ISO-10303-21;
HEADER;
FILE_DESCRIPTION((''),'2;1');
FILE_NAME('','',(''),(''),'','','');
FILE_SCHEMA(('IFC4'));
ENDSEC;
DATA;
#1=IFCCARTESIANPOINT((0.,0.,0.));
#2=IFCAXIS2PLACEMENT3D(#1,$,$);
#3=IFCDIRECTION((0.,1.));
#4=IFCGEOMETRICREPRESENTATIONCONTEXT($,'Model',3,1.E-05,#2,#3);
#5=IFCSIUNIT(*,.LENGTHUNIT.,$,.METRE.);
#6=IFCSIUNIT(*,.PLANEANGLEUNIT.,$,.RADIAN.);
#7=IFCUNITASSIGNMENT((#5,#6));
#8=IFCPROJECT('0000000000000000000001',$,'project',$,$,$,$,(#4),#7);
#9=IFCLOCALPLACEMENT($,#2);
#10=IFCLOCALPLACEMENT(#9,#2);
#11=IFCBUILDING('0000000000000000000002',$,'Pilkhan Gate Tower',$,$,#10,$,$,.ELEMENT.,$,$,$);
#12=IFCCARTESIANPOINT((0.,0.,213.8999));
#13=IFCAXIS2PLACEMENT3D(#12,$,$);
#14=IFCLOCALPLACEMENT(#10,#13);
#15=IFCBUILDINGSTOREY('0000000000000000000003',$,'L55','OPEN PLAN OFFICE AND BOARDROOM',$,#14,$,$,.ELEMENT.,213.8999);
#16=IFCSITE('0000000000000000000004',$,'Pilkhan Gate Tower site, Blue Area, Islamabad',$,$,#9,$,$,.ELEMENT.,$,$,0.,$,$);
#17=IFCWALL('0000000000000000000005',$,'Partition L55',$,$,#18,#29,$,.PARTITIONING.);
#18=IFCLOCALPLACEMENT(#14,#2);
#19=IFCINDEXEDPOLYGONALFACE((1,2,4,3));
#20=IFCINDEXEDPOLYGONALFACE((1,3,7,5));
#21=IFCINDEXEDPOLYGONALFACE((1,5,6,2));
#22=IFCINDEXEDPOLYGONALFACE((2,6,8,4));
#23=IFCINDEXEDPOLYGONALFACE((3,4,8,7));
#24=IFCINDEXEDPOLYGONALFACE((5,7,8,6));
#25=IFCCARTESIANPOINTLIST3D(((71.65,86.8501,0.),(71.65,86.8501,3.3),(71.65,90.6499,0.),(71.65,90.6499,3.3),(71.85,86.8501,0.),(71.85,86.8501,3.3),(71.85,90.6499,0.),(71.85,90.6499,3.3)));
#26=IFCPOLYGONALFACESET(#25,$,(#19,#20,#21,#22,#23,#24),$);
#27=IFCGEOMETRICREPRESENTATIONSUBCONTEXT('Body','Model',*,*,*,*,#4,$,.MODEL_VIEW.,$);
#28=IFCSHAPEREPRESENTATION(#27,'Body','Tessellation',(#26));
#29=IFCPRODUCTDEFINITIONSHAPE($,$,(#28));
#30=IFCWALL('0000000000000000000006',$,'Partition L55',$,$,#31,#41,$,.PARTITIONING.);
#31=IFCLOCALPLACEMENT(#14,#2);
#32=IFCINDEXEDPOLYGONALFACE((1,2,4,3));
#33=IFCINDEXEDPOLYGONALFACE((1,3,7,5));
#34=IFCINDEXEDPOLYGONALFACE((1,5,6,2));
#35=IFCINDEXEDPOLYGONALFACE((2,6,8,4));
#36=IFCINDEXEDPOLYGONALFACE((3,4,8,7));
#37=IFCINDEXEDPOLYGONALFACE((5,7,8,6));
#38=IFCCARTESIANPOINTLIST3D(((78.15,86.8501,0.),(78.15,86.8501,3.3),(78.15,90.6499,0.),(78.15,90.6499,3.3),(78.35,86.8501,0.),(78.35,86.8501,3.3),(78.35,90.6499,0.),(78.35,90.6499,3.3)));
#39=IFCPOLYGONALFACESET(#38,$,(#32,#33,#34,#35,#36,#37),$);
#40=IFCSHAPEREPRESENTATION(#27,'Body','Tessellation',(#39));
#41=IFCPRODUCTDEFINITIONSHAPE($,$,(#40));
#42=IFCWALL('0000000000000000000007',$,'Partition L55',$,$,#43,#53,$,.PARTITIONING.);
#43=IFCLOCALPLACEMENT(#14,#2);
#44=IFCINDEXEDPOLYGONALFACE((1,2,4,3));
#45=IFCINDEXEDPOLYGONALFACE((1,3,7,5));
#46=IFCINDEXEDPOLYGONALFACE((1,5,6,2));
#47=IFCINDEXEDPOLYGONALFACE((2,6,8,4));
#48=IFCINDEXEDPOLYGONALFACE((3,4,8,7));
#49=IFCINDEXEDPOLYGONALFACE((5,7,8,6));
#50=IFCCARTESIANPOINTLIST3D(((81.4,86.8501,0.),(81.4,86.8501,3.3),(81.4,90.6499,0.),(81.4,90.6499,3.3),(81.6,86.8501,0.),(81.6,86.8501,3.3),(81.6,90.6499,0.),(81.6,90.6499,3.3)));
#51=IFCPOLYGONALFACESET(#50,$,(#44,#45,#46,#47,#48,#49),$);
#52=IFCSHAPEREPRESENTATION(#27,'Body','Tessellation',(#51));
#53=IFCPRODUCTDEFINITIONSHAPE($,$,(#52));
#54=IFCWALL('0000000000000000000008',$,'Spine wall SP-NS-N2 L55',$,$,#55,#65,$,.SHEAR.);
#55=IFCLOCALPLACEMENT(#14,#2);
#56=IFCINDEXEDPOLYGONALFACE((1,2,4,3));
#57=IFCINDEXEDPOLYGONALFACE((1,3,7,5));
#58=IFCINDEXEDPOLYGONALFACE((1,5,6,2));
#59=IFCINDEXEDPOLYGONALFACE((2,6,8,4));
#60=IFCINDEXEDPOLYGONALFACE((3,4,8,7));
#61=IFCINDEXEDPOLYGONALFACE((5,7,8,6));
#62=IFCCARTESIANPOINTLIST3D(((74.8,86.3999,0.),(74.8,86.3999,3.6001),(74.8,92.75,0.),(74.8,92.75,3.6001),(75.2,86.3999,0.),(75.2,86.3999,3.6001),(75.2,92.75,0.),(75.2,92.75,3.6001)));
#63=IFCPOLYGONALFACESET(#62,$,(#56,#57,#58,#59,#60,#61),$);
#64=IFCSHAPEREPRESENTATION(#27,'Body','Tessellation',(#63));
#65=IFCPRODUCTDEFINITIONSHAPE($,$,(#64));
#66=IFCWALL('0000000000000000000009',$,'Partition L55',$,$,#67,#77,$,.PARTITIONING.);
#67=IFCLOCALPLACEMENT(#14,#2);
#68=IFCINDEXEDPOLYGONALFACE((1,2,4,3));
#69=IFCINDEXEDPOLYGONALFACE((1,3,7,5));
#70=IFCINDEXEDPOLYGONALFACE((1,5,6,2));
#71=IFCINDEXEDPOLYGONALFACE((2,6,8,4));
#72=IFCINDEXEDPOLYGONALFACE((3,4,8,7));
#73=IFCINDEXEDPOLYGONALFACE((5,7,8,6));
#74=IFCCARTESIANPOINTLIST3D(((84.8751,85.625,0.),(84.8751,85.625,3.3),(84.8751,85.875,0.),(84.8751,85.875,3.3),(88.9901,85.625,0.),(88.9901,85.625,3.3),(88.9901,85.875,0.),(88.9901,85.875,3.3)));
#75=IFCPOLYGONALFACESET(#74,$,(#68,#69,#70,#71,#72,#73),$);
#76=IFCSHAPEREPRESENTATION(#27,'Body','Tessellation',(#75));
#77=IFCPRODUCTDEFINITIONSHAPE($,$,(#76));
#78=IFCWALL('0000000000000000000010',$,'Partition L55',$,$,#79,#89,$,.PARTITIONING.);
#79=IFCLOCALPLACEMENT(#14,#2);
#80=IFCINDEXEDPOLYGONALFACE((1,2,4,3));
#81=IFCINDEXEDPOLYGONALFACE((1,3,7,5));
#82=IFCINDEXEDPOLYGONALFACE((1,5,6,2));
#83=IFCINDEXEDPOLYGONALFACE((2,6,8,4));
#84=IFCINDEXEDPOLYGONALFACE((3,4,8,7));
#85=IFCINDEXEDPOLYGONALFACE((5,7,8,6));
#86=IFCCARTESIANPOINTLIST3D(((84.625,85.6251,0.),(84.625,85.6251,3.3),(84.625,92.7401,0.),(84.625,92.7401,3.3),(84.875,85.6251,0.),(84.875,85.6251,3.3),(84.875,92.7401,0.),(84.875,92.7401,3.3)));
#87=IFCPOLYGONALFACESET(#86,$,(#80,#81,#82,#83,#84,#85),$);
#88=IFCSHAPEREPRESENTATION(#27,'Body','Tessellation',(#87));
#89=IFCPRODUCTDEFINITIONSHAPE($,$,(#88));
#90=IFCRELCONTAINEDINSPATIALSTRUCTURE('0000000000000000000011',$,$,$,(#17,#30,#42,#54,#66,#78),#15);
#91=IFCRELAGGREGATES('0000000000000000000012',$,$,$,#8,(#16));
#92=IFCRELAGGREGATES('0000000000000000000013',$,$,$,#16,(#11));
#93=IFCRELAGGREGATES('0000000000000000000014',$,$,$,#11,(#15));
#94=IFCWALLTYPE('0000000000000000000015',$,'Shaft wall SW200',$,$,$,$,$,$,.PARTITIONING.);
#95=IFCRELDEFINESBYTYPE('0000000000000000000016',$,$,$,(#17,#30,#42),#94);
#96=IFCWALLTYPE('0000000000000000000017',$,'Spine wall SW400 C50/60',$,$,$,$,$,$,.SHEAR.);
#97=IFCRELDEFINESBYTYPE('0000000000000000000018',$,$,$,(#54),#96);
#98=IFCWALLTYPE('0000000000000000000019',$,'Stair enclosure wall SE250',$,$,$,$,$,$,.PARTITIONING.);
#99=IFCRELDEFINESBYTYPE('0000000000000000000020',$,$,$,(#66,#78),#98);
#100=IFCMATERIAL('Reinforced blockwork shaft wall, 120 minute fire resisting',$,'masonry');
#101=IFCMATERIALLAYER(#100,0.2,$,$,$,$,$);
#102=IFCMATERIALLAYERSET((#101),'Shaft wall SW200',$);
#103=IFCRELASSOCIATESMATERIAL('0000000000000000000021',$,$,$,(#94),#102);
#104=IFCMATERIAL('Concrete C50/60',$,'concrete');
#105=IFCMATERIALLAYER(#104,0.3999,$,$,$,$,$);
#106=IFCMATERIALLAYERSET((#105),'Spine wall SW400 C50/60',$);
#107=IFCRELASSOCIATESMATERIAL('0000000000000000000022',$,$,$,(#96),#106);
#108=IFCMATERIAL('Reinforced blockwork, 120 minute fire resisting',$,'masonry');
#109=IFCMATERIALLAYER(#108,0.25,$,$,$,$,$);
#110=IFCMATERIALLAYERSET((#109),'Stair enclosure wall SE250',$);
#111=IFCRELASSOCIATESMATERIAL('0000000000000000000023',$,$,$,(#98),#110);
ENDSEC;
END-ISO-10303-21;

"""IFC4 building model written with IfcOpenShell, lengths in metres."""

from ifc_helpers import new_model, si_unit, direction, frame, frame_2d, origin, place, context, subcontext, project, spatial, rectangle, extrude, material, layer, layer_set, type_object, element, save


model = new_model("IFC4")

# Units and contexts
model_context = context("Model", 3, precision=1e-05, world=origin(), true_north=direction((0.0, 1.0)))
body_context = subcontext(model_context, "Body", "Model", "MODEL_VIEW")
ifc_project = project(units=[si_unit("LENGTHUNIT", "METRE"), si_unit("PLANEANGLEUNIT", "RADIAN")], contexts=[model_context])

# Site, building, storey
site_placement = place(None, origin())
site = spatial("IfcSite", under=ifc_project, at=site_placement, Name="Pilkhan Gate Tower site, Blue Area, Islamabad", CompositionType="ELEMENT", RefElevation=0.0)
building_placement = place(site_placement, origin())
building = spatial("IfcBuilding", under=site, at=building_placement, Name="Pilkhan Gate Tower", CompositionType="ELEMENT")
storey_placement = place(building_placement, frame((0.0, 0.0, 213.8999)))
storey = spatial("IfcBuildingStorey", under=building, at=storey_placement, Name="L55", Description="OPEN PLAN OFFICE AND BOARDROOM", CompositionType="ELEMENT", Elevation=213.8999)

# Shared definitions
ifc_material_1 = material(Name="Reinforced blockwork shaft wall, 120 minute fire resisting", Category="masonry")
ifc_layer_1 = layer(ifc_material_1, 0.2)
ifc_layer_set_1 = layer_set([ifc_layer_1], Name="Shaft wall SW200")
wall_type_1 = type_object("IfcWallType", Name="Shaft wall SW200", PredefinedType="PARTITIONING", material=ifc_layer_set_1)

# Walls
for number, where, z_axis, x_axis, name in (
    (1, (71.75, 86.8501, 0.0), (0.0, 0.0, 1.0), (0.0, 1.0, 0.0), "Partition L55"),
    (2, (78.25, 86.8501, 0.0), (0.0, 0.0, 1.0), (0.0, 1.0, 0.0), "Partition L55"),
    (3, (81.5, 86.8501, 0.0), (0.0, 0.0, 1.0), (0.0, 1.0, 0.0), "Partition L55"),
):
    element("IfcWall", number, at=place(storey_placement, frame(where, z_axis=z_axis, x_axis=x_axis)), inside=storey, type_object=wall_type_1, Name=name, PredefinedType="PARTITIONING", context=body_context, shape_type="SweptSolid", body=[
        extrude(rectangle(XDim=3.7998, YDim=0.2, at=frame_2d((1.8999, 0.0))), origin(), (0.0, 0.0, 1.0), 3.3),
    ])
ifc_material_2 = material(Name="Concrete C50/60", Category="concrete")
ifc_layer_2 = layer(ifc_material_2, 0.3999)
ifc_layer_set_2 = layer_set([ifc_layer_2], Name="Spine wall SW400 C50/60")
wall_type_2 = type_object("IfcWallType", Name="Spine wall SW400 C50/60", PredefinedType="SHEAR", material=ifc_layer_set_2)
wall_1_placement = place(storey_placement, frame((75.0, 86.3999, 0.0), z_axis=(0.0, 0.0, 1.0), x_axis=(0.0, 1.0, 0.0)))
element("IfcWall", 4, at=wall_1_placement, inside=storey, type_object=wall_type_2, Name="Spine wall SP-NS-N2 L55", PredefinedType="SHEAR", context=body_context, shape_type="SweptSolid", body=[
    extrude(rectangle(XDim=6.3501, YDim=0.3999, at=frame_2d((3.175, 0.0))), origin(), (0.0, 0.0, 1.0), 3.6001),
])
ifc_material_3 = material(Name="Reinforced blockwork, 120 minute fire resisting", Category="masonry")
ifc_layer_3 = layer(ifc_material_3, 0.25)
ifc_layer_set_3 = layer_set([ifc_layer_3], Name="Stair enclosure wall SE250")
wall_type_3 = type_object("IfcWallType", Name="Stair enclosure wall SE250", PredefinedType="PARTITIONING", material=ifc_layer_set_3)
wall_2_placement = place(storey_placement, frame((84.875, 85.75, 0.0), z_axis=(0.0, 0.0, 1.0), x_axis=(1.0, 0.0, 0.0)))
element("IfcWall", 5, at=wall_2_placement, inside=storey, type_object=wall_type_3, Name="Partition L55", PredefinedType="PARTITIONING", context=body_context, shape_type="SweptSolid", body=[
    extrude(rectangle(XDim=4.115, YDim=0.25, at=frame_2d((2.0576, 0.0))), origin(), (0.0, 0.0, 1.0), 3.3),
])
wall_3_placement = place(storey_placement, frame((84.75, 85.625, 0.0), z_axis=(0.0, 0.0, 1.0), x_axis=(0.0, 1.0, 0.0)))
element("IfcWall", 6, at=wall_3_placement, inside=storey, type_object=wall_type_3, Name="Partition L55", PredefinedType="PARTITIONING", context=body_context, shape_type="SweptSolid", body=[
    extrude(rectangle(XDim=7.115, YDim=0.25, at=frame_2d((3.5576, 0.0))), origin(), (0.0, 0.0, 1.0), 3.3),
])

save(model, "model.ifc")
